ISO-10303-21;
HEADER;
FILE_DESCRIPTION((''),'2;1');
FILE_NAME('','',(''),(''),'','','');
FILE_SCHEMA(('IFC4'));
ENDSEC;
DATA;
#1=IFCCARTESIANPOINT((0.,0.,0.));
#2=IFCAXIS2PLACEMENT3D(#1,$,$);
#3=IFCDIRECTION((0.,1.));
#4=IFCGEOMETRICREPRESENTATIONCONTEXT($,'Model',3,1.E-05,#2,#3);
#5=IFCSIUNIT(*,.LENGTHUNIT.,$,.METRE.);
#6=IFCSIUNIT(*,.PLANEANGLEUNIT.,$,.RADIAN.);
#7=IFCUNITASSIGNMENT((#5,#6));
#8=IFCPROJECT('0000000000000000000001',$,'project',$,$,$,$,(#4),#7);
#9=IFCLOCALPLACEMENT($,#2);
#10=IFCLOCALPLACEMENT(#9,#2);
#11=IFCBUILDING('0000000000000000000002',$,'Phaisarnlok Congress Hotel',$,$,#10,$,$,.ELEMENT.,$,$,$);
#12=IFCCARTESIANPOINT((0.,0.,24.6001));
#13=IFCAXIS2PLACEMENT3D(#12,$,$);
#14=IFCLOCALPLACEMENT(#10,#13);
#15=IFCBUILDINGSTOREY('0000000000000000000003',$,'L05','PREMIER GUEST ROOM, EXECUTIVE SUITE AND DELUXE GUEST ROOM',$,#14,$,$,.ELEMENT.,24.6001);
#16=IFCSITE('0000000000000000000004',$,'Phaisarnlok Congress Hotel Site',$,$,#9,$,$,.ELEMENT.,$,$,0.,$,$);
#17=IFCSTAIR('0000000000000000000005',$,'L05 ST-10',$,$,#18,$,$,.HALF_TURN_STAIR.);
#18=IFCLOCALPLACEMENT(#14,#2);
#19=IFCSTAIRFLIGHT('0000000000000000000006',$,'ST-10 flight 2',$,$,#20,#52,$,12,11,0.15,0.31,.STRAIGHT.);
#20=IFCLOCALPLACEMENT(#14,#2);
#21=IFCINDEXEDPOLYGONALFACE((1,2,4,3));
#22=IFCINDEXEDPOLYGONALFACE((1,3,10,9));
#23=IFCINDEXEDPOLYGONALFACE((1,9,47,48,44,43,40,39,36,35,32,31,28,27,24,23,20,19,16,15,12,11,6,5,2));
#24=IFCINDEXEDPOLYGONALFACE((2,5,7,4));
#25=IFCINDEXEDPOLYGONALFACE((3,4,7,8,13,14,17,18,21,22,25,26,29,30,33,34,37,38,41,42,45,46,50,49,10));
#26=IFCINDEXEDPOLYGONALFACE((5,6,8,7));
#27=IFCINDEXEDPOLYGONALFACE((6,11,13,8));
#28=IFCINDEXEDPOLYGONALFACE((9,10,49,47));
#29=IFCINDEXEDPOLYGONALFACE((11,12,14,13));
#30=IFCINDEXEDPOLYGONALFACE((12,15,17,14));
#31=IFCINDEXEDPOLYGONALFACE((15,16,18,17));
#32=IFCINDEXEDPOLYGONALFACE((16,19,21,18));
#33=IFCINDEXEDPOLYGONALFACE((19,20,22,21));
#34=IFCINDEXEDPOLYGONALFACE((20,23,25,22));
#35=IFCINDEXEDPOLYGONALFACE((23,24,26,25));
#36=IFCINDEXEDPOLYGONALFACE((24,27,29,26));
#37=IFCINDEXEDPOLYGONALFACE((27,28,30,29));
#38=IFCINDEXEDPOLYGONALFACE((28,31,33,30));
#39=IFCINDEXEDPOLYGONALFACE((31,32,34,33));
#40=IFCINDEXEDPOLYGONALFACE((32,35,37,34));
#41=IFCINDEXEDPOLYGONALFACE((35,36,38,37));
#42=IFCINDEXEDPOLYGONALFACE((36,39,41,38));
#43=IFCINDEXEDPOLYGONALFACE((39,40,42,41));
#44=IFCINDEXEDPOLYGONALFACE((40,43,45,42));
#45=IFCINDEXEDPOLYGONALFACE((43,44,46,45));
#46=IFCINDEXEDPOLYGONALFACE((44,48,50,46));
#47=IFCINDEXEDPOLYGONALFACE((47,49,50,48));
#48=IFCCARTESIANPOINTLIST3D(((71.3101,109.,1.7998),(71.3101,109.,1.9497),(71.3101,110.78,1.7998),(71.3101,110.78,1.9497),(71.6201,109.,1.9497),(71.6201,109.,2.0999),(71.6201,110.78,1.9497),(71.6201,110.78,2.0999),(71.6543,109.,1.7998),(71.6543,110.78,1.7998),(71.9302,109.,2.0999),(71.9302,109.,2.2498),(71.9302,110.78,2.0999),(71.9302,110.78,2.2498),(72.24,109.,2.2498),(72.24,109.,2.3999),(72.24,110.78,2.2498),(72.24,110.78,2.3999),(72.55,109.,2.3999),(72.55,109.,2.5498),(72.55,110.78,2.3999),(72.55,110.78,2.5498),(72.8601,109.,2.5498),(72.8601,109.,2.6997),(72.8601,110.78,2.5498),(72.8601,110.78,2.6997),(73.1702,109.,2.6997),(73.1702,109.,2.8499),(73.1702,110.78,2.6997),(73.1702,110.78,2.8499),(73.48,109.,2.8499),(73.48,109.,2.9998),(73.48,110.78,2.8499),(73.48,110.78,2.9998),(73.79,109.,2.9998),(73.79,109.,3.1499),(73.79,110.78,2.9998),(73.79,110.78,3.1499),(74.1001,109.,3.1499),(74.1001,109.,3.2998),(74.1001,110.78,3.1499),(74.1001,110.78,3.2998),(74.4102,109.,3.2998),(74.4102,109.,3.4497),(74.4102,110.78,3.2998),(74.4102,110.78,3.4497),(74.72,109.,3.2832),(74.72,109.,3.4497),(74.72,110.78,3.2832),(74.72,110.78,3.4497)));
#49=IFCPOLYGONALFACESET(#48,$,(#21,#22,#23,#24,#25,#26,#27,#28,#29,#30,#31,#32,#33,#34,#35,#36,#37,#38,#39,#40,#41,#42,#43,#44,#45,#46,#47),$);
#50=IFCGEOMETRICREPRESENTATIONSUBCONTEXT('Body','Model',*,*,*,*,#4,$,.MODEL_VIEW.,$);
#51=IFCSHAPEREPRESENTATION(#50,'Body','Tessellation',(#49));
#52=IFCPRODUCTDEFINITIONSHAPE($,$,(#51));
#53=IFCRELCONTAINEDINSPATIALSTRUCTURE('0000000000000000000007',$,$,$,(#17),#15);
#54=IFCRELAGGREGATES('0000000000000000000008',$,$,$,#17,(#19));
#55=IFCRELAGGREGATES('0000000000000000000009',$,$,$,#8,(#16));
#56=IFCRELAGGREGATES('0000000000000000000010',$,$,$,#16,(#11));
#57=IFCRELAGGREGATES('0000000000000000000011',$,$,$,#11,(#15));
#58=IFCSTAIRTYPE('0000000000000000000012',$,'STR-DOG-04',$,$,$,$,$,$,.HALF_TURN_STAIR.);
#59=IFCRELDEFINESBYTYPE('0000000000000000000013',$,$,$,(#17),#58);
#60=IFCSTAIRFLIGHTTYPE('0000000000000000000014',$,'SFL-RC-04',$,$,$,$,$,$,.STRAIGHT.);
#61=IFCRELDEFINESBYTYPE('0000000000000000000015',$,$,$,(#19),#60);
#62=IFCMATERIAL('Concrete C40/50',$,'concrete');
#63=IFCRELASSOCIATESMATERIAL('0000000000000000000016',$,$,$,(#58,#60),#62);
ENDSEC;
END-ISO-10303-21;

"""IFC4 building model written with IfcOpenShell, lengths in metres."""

from ifc_helpers import new_model, si_unit, direction, frame, origin, place, context, subcontext, project, spatial, polyline, outline, extrude, material, type_object, element, aggregate, save


model = new_model("IFC4")

# Units and contexts
model_context = context("Model", 3, precision=1e-05, world=origin(), true_north=direction((0.0, 1.0)))
body_context = subcontext(model_context, "Body", "Model", "MODEL_VIEW")
ifc_project = project(units=[si_unit("LENGTHUNIT", "METRE"), si_unit("PLANEANGLEUNIT", "RADIAN")], contexts=[model_context])

# Site, building, storey
site_placement = place(None, origin())
site = spatial("IfcSite", under=ifc_project, at=site_placement, Name="Phaisarnlok Congress Hotel Site", CompositionType="ELEMENT", RefElevation=0.0)
building_placement = place(site_placement, origin())
building = spatial("IfcBuilding", under=site, at=building_placement, Name="Phaisarnlok Congress Hotel", CompositionType="ELEMENT")
storey_placement = place(building_placement, frame((0.0, 0.0, 24.6001)))
storey = spatial("IfcBuildingStorey", under=building, at=storey_placement, Name="L05", Description="PREMIER GUEST ROOM, EXECUTIVE SUITE AND DELUXE GUEST ROOM", CompositionType="ELEMENT", Elevation=24.6001)

# Shared definitions
ifc_material_1 = material(Name="Concrete C40/50", Category="concrete")

# Stair, stair flight
stair_type = type_object("IfcStairType", Name="STR-DOG-04", PredefinedType="HALF_TURN_STAIR", material=ifc_material_1)
stair_placement = place(storey_placement, origin())
stair = element("IfcStair", 1, at=stair_placement, inside=storey, type_object=stair_type, Name="L05 ST-10", PredefinedType="HALF_TURN_STAIR")
stair_flight_type = type_object("IfcStairFlightType", Name="SFL-RC-04", PredefinedType="STRAIGHT", material=ifc_material_1)
stair_flight_1_placement = place(storey_placement, frame((71.3101, 109.8899, 1.7998), z_axis=(0.0, 0.0, 1.0), x_axis=(1.0, 0.0, 0.0)))
stair_flight_1 = element("IfcStairFlight", 2, at=stair_flight_1_placement, type_object=stair_flight_type, Name="ST-10 flight 2", NumberOfRisers=12, NumberOfTreads=11, PredefinedType="STRAIGHT", RiserHeight=0.15, TreadLength=0.31, context=body_context, shape_type="SweptSolid", body=[
    extrude(outline(polyline([(0.0, 0.0), (0.0, 0.1499), (0.3101, 0.1499), (0.3101, 0.3), (0.6201, 0.3), (0.6201, 0.45), (0.9299, 0.45), (0.9299, 0.6001), (1.24, 0.6001), (1.24, 0.75), (1.55, 0.75), (1.55, 0.8999), (1.8601, 0.8999), (1.8601, 1.05), (2.1699, 1.05), (2.1699, 1.2), (2.48, 1.2), (2.48, 1.3501), (2.79, 1.3501), (2.79, 1.5), (3.1001, 1.5), (3.1001, 1.6499), (3.4099, 1.6499), (3.4099, 1.8), (3.4099, 1.4834), (0.3442, 0.0), (0.0, 0.0)])), frame((0.0, 0.8901, 0.0), z_axis=(0.0, -1.0, 0.0), x_axis=(1.0, 0.0, 0.0)), (0.0, 0.0, 1.0), 1.78),
])
aggregate(stair, [stair_flight_1])

save(model, "model.ifc")
